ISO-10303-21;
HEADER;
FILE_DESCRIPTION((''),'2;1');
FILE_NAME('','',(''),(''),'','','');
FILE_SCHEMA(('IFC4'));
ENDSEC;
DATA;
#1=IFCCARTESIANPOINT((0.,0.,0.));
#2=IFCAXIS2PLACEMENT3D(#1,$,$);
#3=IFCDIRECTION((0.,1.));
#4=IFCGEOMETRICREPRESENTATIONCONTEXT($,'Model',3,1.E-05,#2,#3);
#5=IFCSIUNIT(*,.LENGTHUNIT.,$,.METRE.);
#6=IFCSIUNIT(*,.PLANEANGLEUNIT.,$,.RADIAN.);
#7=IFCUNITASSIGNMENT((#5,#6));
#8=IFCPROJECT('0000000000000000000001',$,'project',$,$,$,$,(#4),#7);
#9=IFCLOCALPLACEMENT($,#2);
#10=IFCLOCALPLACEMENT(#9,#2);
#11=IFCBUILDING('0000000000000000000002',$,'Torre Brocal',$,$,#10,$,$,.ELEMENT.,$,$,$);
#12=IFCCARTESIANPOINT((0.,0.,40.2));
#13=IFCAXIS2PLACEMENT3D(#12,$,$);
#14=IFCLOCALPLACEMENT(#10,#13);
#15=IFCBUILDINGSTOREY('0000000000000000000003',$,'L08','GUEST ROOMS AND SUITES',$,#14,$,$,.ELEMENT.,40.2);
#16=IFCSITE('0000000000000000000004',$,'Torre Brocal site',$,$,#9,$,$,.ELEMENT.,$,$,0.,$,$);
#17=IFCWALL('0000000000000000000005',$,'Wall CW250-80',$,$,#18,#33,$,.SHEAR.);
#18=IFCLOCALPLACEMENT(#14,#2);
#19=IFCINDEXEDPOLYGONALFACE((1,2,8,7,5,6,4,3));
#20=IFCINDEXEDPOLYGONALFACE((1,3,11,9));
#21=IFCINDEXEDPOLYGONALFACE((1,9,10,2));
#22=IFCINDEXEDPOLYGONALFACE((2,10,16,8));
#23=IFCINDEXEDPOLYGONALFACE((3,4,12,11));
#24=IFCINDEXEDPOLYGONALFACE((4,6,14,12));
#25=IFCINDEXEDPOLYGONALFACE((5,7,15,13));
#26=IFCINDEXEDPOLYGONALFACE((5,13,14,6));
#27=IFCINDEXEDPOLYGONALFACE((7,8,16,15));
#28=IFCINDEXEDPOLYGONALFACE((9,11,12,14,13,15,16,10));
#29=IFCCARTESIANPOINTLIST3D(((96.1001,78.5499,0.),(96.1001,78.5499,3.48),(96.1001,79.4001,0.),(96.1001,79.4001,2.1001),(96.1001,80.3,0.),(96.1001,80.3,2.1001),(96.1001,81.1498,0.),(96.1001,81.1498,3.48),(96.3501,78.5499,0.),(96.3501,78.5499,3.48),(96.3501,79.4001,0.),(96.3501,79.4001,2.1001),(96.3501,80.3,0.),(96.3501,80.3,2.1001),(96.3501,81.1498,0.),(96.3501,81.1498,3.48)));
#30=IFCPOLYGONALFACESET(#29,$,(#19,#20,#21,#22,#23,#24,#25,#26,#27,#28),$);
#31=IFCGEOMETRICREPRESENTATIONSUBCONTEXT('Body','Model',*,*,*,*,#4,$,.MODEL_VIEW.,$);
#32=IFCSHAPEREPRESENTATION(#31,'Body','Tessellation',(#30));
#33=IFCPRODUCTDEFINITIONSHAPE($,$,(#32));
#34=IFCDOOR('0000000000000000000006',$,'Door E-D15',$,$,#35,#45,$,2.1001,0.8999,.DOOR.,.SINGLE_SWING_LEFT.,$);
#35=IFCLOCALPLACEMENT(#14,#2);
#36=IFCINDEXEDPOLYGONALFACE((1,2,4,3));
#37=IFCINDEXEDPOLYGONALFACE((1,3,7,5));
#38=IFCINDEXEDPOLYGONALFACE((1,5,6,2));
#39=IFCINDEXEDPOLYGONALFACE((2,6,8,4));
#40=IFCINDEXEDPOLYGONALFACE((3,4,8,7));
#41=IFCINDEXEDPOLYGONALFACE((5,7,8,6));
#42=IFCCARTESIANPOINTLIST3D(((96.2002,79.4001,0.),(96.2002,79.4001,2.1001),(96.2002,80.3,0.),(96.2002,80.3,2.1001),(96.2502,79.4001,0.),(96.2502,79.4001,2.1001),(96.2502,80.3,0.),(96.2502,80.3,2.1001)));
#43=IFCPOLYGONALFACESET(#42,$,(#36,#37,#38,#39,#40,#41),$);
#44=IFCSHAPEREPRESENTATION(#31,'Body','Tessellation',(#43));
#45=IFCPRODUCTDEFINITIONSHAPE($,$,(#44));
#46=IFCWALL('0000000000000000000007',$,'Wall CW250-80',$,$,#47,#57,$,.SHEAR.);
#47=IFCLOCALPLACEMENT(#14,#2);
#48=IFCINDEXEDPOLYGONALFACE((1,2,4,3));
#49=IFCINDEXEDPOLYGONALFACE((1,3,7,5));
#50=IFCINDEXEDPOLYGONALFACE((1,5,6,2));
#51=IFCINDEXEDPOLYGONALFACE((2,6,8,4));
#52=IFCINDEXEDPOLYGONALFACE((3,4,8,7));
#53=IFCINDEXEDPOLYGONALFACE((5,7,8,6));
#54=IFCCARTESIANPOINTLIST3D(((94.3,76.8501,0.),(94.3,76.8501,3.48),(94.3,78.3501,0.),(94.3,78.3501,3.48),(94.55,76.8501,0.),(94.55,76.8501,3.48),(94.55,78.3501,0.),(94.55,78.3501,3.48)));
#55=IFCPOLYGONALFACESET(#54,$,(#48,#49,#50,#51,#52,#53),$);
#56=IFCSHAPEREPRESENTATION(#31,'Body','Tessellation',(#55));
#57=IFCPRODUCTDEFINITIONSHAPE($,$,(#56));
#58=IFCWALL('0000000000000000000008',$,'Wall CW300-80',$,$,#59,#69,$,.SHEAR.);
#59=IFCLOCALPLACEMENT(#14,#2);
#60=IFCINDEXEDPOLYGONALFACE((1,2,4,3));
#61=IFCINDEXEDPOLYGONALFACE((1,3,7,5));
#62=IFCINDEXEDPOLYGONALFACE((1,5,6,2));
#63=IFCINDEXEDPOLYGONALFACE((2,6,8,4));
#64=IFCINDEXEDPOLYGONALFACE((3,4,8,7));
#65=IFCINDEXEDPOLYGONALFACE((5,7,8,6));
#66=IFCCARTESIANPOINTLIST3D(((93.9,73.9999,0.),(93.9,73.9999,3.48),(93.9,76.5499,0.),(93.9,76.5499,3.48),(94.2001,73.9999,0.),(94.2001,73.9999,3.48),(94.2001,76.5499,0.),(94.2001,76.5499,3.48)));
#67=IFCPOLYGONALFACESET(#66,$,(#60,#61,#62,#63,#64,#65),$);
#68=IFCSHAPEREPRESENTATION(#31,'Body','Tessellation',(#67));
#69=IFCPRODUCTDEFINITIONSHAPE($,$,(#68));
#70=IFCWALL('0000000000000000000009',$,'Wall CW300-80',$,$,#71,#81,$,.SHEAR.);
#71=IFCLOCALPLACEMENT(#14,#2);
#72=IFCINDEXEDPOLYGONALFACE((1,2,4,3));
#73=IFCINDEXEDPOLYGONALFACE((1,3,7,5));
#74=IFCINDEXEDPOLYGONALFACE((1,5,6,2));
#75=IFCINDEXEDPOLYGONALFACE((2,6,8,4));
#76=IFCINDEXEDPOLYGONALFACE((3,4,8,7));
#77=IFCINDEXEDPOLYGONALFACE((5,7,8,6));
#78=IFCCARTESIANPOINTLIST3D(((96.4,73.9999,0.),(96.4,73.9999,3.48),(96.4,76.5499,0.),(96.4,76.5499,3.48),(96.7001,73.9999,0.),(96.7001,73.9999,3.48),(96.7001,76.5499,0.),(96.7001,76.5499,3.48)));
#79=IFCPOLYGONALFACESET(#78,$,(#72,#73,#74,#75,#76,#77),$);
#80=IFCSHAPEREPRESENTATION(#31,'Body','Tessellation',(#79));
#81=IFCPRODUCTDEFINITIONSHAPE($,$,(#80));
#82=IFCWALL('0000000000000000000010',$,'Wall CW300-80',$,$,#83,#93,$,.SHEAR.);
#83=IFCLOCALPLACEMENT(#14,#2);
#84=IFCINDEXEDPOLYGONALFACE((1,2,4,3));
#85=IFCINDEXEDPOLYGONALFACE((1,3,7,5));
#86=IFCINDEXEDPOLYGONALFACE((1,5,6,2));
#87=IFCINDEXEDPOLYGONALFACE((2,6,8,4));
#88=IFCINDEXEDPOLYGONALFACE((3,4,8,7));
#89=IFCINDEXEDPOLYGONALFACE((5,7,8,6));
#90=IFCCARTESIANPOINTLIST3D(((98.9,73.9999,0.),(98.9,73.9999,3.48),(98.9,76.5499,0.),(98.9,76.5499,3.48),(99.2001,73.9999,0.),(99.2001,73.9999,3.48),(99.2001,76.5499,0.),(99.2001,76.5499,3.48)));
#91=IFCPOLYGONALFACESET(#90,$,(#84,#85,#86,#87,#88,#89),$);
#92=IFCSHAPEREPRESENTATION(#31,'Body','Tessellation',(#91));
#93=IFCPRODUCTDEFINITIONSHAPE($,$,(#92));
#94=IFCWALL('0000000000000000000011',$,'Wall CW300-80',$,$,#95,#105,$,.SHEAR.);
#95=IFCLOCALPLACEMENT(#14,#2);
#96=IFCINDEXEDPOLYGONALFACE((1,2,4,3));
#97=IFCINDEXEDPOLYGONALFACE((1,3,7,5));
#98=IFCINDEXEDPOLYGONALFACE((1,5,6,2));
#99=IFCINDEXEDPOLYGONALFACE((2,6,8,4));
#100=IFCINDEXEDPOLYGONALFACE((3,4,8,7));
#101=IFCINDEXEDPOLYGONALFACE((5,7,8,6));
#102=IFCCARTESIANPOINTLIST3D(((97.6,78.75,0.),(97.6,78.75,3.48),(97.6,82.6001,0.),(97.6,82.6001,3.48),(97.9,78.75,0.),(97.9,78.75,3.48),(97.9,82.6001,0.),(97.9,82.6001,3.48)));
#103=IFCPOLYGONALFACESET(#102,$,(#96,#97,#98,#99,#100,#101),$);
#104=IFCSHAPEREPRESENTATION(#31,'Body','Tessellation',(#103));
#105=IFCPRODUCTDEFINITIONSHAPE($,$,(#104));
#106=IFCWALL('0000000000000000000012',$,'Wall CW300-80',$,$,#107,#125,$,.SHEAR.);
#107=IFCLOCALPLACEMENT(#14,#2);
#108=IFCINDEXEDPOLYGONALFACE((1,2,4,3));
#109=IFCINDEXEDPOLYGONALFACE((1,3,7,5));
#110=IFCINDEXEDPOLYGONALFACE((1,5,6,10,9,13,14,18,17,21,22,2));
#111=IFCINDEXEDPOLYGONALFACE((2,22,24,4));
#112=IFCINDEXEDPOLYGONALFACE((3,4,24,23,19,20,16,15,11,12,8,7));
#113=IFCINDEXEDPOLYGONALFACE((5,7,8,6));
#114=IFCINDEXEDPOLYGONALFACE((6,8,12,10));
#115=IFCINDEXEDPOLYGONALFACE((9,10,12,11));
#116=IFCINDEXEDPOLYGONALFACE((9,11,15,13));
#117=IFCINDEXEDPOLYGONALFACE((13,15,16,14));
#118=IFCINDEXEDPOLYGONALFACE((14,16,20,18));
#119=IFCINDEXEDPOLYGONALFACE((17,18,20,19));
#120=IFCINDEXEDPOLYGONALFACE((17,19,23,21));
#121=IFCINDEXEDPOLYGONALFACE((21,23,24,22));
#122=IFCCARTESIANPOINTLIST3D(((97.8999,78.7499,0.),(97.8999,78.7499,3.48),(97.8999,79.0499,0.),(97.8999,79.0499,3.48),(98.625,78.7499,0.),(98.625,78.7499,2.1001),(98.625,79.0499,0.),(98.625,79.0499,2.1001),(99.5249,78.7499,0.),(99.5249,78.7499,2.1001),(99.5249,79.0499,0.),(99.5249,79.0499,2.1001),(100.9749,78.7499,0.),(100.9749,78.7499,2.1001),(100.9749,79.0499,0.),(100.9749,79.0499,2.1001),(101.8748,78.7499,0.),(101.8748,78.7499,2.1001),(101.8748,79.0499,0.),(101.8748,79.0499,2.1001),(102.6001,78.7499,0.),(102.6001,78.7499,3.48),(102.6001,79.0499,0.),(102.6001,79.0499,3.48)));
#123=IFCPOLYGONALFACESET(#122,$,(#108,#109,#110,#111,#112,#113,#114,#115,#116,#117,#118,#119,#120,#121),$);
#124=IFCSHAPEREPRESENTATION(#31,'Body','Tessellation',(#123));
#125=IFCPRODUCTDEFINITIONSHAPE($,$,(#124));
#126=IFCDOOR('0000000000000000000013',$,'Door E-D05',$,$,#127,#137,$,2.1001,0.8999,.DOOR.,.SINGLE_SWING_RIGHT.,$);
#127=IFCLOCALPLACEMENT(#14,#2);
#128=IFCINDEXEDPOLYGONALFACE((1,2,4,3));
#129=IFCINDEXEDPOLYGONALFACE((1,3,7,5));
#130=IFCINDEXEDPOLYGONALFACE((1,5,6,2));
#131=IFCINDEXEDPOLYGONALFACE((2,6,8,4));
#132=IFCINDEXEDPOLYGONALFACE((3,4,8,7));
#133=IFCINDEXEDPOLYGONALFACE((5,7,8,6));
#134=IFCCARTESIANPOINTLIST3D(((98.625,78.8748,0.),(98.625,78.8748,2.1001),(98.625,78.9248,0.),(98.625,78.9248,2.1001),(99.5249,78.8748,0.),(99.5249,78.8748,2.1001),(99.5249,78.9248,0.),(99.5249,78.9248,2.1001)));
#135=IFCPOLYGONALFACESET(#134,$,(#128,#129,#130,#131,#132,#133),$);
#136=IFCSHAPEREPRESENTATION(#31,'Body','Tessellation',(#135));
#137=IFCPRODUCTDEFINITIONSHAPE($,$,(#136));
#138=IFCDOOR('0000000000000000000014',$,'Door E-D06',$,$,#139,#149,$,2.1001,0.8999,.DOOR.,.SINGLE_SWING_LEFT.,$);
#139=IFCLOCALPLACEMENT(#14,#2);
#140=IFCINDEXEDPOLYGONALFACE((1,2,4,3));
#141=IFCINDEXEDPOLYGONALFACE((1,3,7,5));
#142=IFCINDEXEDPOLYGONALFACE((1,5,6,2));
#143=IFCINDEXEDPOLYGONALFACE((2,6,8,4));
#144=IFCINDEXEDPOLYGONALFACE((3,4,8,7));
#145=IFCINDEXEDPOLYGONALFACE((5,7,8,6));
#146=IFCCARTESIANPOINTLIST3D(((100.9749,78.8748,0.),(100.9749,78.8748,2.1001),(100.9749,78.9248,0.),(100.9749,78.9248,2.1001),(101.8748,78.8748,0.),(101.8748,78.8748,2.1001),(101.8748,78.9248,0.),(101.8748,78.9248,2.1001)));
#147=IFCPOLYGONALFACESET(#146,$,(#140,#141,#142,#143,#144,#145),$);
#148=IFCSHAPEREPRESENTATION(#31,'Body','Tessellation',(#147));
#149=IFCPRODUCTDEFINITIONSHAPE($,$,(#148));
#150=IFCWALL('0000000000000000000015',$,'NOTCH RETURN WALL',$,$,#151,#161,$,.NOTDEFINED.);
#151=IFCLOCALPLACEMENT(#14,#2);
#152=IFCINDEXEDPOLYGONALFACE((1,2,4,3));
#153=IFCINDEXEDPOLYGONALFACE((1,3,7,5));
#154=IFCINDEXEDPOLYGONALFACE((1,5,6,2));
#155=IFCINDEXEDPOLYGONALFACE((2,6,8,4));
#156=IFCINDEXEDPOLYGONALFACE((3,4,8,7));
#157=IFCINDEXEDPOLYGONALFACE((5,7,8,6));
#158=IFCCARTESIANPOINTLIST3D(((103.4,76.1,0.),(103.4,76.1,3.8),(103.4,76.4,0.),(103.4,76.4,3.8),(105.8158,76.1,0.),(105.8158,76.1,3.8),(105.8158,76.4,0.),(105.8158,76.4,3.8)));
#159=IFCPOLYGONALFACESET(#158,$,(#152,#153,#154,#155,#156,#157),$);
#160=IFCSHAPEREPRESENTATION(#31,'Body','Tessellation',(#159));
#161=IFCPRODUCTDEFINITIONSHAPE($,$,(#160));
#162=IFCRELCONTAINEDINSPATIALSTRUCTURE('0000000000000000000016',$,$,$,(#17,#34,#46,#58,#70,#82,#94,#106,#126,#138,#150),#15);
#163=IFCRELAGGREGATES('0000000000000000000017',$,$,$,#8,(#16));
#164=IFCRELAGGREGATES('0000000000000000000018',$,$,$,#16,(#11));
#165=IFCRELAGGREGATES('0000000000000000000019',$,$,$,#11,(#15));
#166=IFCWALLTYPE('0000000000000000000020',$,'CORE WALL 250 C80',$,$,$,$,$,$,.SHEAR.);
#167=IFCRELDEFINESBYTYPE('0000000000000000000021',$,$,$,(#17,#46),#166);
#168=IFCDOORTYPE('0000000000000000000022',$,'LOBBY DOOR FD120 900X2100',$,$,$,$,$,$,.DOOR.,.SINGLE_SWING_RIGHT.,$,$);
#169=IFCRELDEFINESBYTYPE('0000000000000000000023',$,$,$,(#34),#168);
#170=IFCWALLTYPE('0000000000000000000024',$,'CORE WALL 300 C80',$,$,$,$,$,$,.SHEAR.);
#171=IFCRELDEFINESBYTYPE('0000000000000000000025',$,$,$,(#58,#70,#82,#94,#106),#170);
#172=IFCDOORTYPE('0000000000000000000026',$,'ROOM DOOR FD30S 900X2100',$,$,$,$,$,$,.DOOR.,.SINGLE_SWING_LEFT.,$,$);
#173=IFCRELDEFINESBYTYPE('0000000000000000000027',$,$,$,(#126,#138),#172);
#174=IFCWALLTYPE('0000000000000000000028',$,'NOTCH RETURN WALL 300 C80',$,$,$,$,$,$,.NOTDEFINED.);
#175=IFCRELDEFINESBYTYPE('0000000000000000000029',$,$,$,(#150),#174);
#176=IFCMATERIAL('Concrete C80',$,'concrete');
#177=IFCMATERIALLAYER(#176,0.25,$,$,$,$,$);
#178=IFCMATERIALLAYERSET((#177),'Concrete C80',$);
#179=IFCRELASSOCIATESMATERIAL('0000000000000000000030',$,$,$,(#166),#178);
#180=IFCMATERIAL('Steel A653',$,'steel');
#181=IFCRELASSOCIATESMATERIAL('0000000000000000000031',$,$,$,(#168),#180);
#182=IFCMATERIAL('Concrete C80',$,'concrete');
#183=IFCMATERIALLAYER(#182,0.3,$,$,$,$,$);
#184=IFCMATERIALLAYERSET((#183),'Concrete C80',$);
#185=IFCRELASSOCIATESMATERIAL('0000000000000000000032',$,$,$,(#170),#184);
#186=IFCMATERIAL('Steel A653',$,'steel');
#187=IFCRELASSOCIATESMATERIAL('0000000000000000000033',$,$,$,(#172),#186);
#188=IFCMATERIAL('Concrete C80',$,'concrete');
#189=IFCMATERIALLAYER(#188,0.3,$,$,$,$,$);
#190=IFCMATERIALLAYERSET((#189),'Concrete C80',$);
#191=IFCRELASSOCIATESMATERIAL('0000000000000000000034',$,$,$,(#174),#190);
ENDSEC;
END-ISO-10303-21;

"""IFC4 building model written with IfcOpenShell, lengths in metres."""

from ifc_helpers import new_model, si_unit, direction, frame, frame_2d, origin, place, context, subcontext, project, spatial, rectangle, extrude, material, layer, layer_set, type_object, element, fill, save


model = new_model("IFC4")

# Units and contexts
model_context = context("Model", 3, precision=1e-05, world=origin(), true_north=direction((0.0, 1.0)))
body_context = subcontext(model_context, "Body", "Model", "MODEL_VIEW")
ifc_project = project(units=[si_unit("LENGTHUNIT", "METRE"), si_unit("PLANEANGLEUNIT", "RADIAN")], contexts=[model_context])

# Site, building, storey
site_placement = place(None, origin())
site = spatial("IfcSite", under=ifc_project, at=site_placement, Name="Torre Brocal site", CompositionType="ELEMENT", RefElevation=0.0)
building_placement = place(site_placement, origin())
building = spatial("IfcBuilding", under=site, at=building_placement, Name="Torre Brocal", CompositionType="ELEMENT")
storey_placement = place(building_placement, frame((0.0, 0.0, 40.2)))
storey = spatial("IfcBuildingStorey", under=building, at=storey_placement, Name="L08", Description="GUEST ROOMS AND SUITES", CompositionType="ELEMENT", Elevation=40.2)

# Wall, opening, door
ifc_material_1 = material(Name="Concrete C80", Category="concrete")
ifc_layer_1 = layer(ifc_material_1, 0.25)
ifc_layer_set_1 = layer_set([ifc_layer_1], Name="Concrete C80")
wall_type_1 = type_object("IfcWallType", Name="CORE WALL 250 C80", PredefinedType="SHEAR", material=ifc_layer_set_1)
wall_1_placement = place(storey_placement, frame((96.2251, 78.55, 0.0), z_axis=(0.0, 0.0, 1.0), x_axis=(0.0, 1.0, 0.0)))
wall_1 = element("IfcWall", 1, at=wall_1_placement, inside=storey, type_object=wall_type_1, Name="Wall CW250-80", PredefinedType="SHEAR", context=body_context, shape_type="SweptSolid", body=[
    extrude(rectangle(XDim=2.5999, YDim=0.25, at=frame_2d((1.2998, 0.0))), origin(), (0.0, 0.0, 1.0), 3.48),
])
opening_1_placement = place(wall_1_placement, frame((0.8501, 0.0, 0.0)))
opening_1 = element("IfcOpeningElement", 2, at=opening_1_placement, cuts=wall_1, PredefinedType="OPENING", context=body_context, shape_type="SweptSolid", body=[
    extrude(rectangle(XDim=0.8999, YDim=2.1001, at=frame_2d((0.45, 1.05))), frame((0.0, 0.135, 0.0), z_axis=(0.0, -1.0, 0.0), x_axis=(1.0, 0.0, 0.0)), (0.0, 0.0, 1.0), 0.27),
])
ifc_material_2 = material(Name="Steel A653", Category="steel")
door_type_1 = type_object("IfcDoorType", Name="LOBBY DOOR FD120 900X2100", OperationType="SINGLE_SWING_RIGHT", PredefinedType="DOOR", material=ifc_material_2)
door_1_placement = place(opening_1_placement, origin())
door_1 = element("IfcDoor", 3, at=door_1_placement, inside=storey, type_object=door_type_1, Name="Door E-D15", OperationType="SINGLE_SWING_LEFT", OverallHeight=2.1001, OverallWidth=0.8999, PredefinedType="DOOR", context=body_context, shape_type="SweptSolid", body=[
    extrude(rectangle(XDim=0.8999, YDim=2.1001, at=frame_2d((0.45, 1.05))), frame((0.0, 0.0249, 0.0), z_axis=(0.0, -1.0, 0.0), x_axis=(1.0, 0.0, 0.0)), (0.0, 0.0, 1.0), 0.05),
])
fill(opening_1, door_1)

# Walls
wall_2_placement = place(storey_placement, frame((94.425, 76.8501, 0.0), z_axis=(0.0, 0.0, 1.0), x_axis=(0.0, 1.0, 0.0)))
element("IfcWall", 4, at=wall_2_placement, inside=storey, type_object=wall_type_1, Name="Wall CW250-80", PredefinedType="SHEAR", context=body_context, shape_type="SweptSolid", body=[
    extrude(rectangle(XDim=1.5, YDim=0.25, at=frame_2d((0.75, 0.0))), origin(), (0.0, 0.0, 1.0), 3.48),
])
ifc_material_3 = material(Name="Concrete C80", Category="concrete")
ifc_layer_2 = layer(ifc_material_3, 0.3)
ifc_layer_set_2 = layer_set([ifc_layer_2], Name="Concrete C80")
wall_type_2 = type_object("IfcWallType", Name="CORE WALL 300 C80", PredefinedType="SHEAR", material=ifc_layer_set_2)
for number, where, z_axis, x_axis, name in (
    (5, (94.05, 74.0, 0.0), (0.0, 0.0, 1.0), (0.0, 1.0, 0.0), "Wall CW300-80"),
    (6, (96.55, 74.0, 0.0), (0.0, 0.0, 1.0), (0.0, 1.0, 0.0), "Wall CW300-80"),
    (7, (99.05, 74.0, 0.0), (0.0, 0.0, 1.0), (0.0, 1.0, 0.0), "Wall CW300-80"),
):
    element("IfcWall", number, at=place(storey_placement, frame(where, z_axis=z_axis, x_axis=x_axis)), inside=storey, type_object=wall_type_2, Name=name, PredefinedType="SHEAR", context=body_context, shape_type="SweptSolid", body=[
        extrude(rectangle(XDim=2.55, YDim=0.3, at=frame_2d((1.2749, 0.0))), origin(), (0.0, 0.0, 1.0), 3.48),
    ])
wall_3_placement = place(storey_placement, frame((97.75, 78.75, 0.0), z_axis=(0.0, 0.0, 1.0), x_axis=(0.0, 1.0, 0.0)))
element("IfcWall", 8, at=wall_3_placement, inside=storey, type_object=wall_type_2, Name="Wall CW300-80", PredefinedType="SHEAR", context=body_context, shape_type="SweptSolid", body=[
    extrude(rectangle(XDim=3.8501, YDim=0.3, at=frame_2d((1.925, 0.0))), origin(), (0.0, 0.0, 1.0), 3.48),
])

# Wall, openings, doors
wall_4_placement = place(storey_placement, frame((97.8999, 78.8999, 0.0), z_axis=(0.0, 0.0, 1.0), x_axis=(1.0, 0.0, 0.0)))
wall_4 = element("IfcWall", 9, at=wall_4_placement, inside=storey, type_object=wall_type_2, Name="Wall CW300-80", PredefinedType="SHEAR", context=body_context, shape_type="SweptSolid", body=[
    extrude(rectangle(XDim=4.7002, YDim=0.3, at=frame_2d((2.3501, 0.0))), origin(), (0.0, 0.0, 1.0), 3.48),
])
opening_2_placement = place(wall_4_placement, frame((0.7251, 0.0, 0.0)))
opening_2 = element("IfcOpeningElement", 10, at=opening_2_placement, cuts=wall_4, PredefinedType="OPENING", context=body_context, shape_type="SweptSolid", body=[
    extrude(rectangle(XDim=0.8999, YDim=2.1001, at=frame_2d((0.45, 1.05))), frame((0.0, 0.1599, 0.0), z_axis=(0.0, -1.0, 0.0), x_axis=(1.0, 0.0, 0.0)), (0.0, 0.0, 1.0), 0.3201),
])
opening_3_placement = place(wall_4_placement, frame((3.075, 0.0, 0.0)))
opening_3 = element("IfcOpeningElement", 11, at=opening_3_placement, cuts=wall_4, PredefinedType="OPENING", context=body_context, shape_type="SweptSolid", body=[
    extrude(rectangle(XDim=0.8999, YDim=2.1001, at=frame_2d((0.45, 1.05))), frame((0.0, 0.1599, 0.0), z_axis=(0.0, -1.0, 0.0), x_axis=(1.0, 0.0, 0.0)), (0.0, 0.0, 1.0), 0.3201),
])
ifc_material_4 = material(Name="Steel A653", Category="steel")
door_type_2 = type_object("IfcDoorType", Name="ROOM DOOR FD30S 900X2100", OperationType="SINGLE_SWING_LEFT", PredefinedType="DOOR", material=ifc_material_4)
door_2_placement = place(opening_2_placement, origin())
door_2 = element("IfcDoor", 12, at=door_2_placement, inside=storey, type_object=door_type_2, Name="Door E-D05", OperationType="SINGLE_SWING_RIGHT", OverallHeight=2.1001, OverallWidth=0.8999, PredefinedType="DOOR", context=body_context, shape_type="SweptSolid", body=[
    extrude(rectangle(XDim=0.8999, YDim=2.1001, at=frame_2d((0.45, 1.05))), frame((0.0, 0.0249, 0.0), z_axis=(0.0, -1.0, 0.0), x_axis=(1.0, 0.0, 0.0)), (0.0, 0.0, 1.0), 0.05),
])
fill(opening_2, door_2)
door_3_placement = place(opening_3_placement, origin())
door_3 = element("IfcDoor", 13, at=door_3_placement, inside=storey, type_object=door_type_2, Name="Door E-D06", OperationType="SINGLE_SWING_LEFT", OverallHeight=2.1001, OverallWidth=0.8999, PredefinedType="DOOR", context=body_context, shape_type="SweptSolid", body=[
    extrude(rectangle(XDim=0.8999, YDim=2.1001, at=frame_2d((0.45, 1.05))), frame((0.0, 0.0249, 0.0), z_axis=(0.0, -1.0, 0.0), x_axis=(1.0, 0.0, 0.0)), (0.0, 0.0, 1.0), 0.05),
])
fill(opening_3, door_3)

# Wall
ifc_material_5 = material(Name="Concrete C80", Category="concrete")
ifc_layer_3 = layer(ifc_material_5, 0.3)
ifc_layer_set_3 = layer_set([ifc_layer_3], Name="Concrete C80")
wall_type_3 = type_object("IfcWallType", Name="NOTCH RETURN WALL 300 C80", PredefinedType="NOTDEFINED", material=ifc_layer_set_3)
wall_5_placement = place(storey_placement, frame((103.3999, 76.25, 0.0), z_axis=(0.0, 0.0, 1.0), x_axis=(1.0, 0.0, 0.0)))
element("IfcWall", 14, at=wall_5_placement, inside=storey, type_object=wall_type_3, Name="NOTCH RETURN WALL", PredefinedType="NOTDEFINED", context=body_context, shape_type="SweptSolid", body=[
    extrude(rectangle(XDim=2.4158, YDim=0.3, at=frame_2d((1.208, 0.0))), origin(), (0.0, 0.0, 1.0), 3.8),
])

save(model, "model.ifc")
